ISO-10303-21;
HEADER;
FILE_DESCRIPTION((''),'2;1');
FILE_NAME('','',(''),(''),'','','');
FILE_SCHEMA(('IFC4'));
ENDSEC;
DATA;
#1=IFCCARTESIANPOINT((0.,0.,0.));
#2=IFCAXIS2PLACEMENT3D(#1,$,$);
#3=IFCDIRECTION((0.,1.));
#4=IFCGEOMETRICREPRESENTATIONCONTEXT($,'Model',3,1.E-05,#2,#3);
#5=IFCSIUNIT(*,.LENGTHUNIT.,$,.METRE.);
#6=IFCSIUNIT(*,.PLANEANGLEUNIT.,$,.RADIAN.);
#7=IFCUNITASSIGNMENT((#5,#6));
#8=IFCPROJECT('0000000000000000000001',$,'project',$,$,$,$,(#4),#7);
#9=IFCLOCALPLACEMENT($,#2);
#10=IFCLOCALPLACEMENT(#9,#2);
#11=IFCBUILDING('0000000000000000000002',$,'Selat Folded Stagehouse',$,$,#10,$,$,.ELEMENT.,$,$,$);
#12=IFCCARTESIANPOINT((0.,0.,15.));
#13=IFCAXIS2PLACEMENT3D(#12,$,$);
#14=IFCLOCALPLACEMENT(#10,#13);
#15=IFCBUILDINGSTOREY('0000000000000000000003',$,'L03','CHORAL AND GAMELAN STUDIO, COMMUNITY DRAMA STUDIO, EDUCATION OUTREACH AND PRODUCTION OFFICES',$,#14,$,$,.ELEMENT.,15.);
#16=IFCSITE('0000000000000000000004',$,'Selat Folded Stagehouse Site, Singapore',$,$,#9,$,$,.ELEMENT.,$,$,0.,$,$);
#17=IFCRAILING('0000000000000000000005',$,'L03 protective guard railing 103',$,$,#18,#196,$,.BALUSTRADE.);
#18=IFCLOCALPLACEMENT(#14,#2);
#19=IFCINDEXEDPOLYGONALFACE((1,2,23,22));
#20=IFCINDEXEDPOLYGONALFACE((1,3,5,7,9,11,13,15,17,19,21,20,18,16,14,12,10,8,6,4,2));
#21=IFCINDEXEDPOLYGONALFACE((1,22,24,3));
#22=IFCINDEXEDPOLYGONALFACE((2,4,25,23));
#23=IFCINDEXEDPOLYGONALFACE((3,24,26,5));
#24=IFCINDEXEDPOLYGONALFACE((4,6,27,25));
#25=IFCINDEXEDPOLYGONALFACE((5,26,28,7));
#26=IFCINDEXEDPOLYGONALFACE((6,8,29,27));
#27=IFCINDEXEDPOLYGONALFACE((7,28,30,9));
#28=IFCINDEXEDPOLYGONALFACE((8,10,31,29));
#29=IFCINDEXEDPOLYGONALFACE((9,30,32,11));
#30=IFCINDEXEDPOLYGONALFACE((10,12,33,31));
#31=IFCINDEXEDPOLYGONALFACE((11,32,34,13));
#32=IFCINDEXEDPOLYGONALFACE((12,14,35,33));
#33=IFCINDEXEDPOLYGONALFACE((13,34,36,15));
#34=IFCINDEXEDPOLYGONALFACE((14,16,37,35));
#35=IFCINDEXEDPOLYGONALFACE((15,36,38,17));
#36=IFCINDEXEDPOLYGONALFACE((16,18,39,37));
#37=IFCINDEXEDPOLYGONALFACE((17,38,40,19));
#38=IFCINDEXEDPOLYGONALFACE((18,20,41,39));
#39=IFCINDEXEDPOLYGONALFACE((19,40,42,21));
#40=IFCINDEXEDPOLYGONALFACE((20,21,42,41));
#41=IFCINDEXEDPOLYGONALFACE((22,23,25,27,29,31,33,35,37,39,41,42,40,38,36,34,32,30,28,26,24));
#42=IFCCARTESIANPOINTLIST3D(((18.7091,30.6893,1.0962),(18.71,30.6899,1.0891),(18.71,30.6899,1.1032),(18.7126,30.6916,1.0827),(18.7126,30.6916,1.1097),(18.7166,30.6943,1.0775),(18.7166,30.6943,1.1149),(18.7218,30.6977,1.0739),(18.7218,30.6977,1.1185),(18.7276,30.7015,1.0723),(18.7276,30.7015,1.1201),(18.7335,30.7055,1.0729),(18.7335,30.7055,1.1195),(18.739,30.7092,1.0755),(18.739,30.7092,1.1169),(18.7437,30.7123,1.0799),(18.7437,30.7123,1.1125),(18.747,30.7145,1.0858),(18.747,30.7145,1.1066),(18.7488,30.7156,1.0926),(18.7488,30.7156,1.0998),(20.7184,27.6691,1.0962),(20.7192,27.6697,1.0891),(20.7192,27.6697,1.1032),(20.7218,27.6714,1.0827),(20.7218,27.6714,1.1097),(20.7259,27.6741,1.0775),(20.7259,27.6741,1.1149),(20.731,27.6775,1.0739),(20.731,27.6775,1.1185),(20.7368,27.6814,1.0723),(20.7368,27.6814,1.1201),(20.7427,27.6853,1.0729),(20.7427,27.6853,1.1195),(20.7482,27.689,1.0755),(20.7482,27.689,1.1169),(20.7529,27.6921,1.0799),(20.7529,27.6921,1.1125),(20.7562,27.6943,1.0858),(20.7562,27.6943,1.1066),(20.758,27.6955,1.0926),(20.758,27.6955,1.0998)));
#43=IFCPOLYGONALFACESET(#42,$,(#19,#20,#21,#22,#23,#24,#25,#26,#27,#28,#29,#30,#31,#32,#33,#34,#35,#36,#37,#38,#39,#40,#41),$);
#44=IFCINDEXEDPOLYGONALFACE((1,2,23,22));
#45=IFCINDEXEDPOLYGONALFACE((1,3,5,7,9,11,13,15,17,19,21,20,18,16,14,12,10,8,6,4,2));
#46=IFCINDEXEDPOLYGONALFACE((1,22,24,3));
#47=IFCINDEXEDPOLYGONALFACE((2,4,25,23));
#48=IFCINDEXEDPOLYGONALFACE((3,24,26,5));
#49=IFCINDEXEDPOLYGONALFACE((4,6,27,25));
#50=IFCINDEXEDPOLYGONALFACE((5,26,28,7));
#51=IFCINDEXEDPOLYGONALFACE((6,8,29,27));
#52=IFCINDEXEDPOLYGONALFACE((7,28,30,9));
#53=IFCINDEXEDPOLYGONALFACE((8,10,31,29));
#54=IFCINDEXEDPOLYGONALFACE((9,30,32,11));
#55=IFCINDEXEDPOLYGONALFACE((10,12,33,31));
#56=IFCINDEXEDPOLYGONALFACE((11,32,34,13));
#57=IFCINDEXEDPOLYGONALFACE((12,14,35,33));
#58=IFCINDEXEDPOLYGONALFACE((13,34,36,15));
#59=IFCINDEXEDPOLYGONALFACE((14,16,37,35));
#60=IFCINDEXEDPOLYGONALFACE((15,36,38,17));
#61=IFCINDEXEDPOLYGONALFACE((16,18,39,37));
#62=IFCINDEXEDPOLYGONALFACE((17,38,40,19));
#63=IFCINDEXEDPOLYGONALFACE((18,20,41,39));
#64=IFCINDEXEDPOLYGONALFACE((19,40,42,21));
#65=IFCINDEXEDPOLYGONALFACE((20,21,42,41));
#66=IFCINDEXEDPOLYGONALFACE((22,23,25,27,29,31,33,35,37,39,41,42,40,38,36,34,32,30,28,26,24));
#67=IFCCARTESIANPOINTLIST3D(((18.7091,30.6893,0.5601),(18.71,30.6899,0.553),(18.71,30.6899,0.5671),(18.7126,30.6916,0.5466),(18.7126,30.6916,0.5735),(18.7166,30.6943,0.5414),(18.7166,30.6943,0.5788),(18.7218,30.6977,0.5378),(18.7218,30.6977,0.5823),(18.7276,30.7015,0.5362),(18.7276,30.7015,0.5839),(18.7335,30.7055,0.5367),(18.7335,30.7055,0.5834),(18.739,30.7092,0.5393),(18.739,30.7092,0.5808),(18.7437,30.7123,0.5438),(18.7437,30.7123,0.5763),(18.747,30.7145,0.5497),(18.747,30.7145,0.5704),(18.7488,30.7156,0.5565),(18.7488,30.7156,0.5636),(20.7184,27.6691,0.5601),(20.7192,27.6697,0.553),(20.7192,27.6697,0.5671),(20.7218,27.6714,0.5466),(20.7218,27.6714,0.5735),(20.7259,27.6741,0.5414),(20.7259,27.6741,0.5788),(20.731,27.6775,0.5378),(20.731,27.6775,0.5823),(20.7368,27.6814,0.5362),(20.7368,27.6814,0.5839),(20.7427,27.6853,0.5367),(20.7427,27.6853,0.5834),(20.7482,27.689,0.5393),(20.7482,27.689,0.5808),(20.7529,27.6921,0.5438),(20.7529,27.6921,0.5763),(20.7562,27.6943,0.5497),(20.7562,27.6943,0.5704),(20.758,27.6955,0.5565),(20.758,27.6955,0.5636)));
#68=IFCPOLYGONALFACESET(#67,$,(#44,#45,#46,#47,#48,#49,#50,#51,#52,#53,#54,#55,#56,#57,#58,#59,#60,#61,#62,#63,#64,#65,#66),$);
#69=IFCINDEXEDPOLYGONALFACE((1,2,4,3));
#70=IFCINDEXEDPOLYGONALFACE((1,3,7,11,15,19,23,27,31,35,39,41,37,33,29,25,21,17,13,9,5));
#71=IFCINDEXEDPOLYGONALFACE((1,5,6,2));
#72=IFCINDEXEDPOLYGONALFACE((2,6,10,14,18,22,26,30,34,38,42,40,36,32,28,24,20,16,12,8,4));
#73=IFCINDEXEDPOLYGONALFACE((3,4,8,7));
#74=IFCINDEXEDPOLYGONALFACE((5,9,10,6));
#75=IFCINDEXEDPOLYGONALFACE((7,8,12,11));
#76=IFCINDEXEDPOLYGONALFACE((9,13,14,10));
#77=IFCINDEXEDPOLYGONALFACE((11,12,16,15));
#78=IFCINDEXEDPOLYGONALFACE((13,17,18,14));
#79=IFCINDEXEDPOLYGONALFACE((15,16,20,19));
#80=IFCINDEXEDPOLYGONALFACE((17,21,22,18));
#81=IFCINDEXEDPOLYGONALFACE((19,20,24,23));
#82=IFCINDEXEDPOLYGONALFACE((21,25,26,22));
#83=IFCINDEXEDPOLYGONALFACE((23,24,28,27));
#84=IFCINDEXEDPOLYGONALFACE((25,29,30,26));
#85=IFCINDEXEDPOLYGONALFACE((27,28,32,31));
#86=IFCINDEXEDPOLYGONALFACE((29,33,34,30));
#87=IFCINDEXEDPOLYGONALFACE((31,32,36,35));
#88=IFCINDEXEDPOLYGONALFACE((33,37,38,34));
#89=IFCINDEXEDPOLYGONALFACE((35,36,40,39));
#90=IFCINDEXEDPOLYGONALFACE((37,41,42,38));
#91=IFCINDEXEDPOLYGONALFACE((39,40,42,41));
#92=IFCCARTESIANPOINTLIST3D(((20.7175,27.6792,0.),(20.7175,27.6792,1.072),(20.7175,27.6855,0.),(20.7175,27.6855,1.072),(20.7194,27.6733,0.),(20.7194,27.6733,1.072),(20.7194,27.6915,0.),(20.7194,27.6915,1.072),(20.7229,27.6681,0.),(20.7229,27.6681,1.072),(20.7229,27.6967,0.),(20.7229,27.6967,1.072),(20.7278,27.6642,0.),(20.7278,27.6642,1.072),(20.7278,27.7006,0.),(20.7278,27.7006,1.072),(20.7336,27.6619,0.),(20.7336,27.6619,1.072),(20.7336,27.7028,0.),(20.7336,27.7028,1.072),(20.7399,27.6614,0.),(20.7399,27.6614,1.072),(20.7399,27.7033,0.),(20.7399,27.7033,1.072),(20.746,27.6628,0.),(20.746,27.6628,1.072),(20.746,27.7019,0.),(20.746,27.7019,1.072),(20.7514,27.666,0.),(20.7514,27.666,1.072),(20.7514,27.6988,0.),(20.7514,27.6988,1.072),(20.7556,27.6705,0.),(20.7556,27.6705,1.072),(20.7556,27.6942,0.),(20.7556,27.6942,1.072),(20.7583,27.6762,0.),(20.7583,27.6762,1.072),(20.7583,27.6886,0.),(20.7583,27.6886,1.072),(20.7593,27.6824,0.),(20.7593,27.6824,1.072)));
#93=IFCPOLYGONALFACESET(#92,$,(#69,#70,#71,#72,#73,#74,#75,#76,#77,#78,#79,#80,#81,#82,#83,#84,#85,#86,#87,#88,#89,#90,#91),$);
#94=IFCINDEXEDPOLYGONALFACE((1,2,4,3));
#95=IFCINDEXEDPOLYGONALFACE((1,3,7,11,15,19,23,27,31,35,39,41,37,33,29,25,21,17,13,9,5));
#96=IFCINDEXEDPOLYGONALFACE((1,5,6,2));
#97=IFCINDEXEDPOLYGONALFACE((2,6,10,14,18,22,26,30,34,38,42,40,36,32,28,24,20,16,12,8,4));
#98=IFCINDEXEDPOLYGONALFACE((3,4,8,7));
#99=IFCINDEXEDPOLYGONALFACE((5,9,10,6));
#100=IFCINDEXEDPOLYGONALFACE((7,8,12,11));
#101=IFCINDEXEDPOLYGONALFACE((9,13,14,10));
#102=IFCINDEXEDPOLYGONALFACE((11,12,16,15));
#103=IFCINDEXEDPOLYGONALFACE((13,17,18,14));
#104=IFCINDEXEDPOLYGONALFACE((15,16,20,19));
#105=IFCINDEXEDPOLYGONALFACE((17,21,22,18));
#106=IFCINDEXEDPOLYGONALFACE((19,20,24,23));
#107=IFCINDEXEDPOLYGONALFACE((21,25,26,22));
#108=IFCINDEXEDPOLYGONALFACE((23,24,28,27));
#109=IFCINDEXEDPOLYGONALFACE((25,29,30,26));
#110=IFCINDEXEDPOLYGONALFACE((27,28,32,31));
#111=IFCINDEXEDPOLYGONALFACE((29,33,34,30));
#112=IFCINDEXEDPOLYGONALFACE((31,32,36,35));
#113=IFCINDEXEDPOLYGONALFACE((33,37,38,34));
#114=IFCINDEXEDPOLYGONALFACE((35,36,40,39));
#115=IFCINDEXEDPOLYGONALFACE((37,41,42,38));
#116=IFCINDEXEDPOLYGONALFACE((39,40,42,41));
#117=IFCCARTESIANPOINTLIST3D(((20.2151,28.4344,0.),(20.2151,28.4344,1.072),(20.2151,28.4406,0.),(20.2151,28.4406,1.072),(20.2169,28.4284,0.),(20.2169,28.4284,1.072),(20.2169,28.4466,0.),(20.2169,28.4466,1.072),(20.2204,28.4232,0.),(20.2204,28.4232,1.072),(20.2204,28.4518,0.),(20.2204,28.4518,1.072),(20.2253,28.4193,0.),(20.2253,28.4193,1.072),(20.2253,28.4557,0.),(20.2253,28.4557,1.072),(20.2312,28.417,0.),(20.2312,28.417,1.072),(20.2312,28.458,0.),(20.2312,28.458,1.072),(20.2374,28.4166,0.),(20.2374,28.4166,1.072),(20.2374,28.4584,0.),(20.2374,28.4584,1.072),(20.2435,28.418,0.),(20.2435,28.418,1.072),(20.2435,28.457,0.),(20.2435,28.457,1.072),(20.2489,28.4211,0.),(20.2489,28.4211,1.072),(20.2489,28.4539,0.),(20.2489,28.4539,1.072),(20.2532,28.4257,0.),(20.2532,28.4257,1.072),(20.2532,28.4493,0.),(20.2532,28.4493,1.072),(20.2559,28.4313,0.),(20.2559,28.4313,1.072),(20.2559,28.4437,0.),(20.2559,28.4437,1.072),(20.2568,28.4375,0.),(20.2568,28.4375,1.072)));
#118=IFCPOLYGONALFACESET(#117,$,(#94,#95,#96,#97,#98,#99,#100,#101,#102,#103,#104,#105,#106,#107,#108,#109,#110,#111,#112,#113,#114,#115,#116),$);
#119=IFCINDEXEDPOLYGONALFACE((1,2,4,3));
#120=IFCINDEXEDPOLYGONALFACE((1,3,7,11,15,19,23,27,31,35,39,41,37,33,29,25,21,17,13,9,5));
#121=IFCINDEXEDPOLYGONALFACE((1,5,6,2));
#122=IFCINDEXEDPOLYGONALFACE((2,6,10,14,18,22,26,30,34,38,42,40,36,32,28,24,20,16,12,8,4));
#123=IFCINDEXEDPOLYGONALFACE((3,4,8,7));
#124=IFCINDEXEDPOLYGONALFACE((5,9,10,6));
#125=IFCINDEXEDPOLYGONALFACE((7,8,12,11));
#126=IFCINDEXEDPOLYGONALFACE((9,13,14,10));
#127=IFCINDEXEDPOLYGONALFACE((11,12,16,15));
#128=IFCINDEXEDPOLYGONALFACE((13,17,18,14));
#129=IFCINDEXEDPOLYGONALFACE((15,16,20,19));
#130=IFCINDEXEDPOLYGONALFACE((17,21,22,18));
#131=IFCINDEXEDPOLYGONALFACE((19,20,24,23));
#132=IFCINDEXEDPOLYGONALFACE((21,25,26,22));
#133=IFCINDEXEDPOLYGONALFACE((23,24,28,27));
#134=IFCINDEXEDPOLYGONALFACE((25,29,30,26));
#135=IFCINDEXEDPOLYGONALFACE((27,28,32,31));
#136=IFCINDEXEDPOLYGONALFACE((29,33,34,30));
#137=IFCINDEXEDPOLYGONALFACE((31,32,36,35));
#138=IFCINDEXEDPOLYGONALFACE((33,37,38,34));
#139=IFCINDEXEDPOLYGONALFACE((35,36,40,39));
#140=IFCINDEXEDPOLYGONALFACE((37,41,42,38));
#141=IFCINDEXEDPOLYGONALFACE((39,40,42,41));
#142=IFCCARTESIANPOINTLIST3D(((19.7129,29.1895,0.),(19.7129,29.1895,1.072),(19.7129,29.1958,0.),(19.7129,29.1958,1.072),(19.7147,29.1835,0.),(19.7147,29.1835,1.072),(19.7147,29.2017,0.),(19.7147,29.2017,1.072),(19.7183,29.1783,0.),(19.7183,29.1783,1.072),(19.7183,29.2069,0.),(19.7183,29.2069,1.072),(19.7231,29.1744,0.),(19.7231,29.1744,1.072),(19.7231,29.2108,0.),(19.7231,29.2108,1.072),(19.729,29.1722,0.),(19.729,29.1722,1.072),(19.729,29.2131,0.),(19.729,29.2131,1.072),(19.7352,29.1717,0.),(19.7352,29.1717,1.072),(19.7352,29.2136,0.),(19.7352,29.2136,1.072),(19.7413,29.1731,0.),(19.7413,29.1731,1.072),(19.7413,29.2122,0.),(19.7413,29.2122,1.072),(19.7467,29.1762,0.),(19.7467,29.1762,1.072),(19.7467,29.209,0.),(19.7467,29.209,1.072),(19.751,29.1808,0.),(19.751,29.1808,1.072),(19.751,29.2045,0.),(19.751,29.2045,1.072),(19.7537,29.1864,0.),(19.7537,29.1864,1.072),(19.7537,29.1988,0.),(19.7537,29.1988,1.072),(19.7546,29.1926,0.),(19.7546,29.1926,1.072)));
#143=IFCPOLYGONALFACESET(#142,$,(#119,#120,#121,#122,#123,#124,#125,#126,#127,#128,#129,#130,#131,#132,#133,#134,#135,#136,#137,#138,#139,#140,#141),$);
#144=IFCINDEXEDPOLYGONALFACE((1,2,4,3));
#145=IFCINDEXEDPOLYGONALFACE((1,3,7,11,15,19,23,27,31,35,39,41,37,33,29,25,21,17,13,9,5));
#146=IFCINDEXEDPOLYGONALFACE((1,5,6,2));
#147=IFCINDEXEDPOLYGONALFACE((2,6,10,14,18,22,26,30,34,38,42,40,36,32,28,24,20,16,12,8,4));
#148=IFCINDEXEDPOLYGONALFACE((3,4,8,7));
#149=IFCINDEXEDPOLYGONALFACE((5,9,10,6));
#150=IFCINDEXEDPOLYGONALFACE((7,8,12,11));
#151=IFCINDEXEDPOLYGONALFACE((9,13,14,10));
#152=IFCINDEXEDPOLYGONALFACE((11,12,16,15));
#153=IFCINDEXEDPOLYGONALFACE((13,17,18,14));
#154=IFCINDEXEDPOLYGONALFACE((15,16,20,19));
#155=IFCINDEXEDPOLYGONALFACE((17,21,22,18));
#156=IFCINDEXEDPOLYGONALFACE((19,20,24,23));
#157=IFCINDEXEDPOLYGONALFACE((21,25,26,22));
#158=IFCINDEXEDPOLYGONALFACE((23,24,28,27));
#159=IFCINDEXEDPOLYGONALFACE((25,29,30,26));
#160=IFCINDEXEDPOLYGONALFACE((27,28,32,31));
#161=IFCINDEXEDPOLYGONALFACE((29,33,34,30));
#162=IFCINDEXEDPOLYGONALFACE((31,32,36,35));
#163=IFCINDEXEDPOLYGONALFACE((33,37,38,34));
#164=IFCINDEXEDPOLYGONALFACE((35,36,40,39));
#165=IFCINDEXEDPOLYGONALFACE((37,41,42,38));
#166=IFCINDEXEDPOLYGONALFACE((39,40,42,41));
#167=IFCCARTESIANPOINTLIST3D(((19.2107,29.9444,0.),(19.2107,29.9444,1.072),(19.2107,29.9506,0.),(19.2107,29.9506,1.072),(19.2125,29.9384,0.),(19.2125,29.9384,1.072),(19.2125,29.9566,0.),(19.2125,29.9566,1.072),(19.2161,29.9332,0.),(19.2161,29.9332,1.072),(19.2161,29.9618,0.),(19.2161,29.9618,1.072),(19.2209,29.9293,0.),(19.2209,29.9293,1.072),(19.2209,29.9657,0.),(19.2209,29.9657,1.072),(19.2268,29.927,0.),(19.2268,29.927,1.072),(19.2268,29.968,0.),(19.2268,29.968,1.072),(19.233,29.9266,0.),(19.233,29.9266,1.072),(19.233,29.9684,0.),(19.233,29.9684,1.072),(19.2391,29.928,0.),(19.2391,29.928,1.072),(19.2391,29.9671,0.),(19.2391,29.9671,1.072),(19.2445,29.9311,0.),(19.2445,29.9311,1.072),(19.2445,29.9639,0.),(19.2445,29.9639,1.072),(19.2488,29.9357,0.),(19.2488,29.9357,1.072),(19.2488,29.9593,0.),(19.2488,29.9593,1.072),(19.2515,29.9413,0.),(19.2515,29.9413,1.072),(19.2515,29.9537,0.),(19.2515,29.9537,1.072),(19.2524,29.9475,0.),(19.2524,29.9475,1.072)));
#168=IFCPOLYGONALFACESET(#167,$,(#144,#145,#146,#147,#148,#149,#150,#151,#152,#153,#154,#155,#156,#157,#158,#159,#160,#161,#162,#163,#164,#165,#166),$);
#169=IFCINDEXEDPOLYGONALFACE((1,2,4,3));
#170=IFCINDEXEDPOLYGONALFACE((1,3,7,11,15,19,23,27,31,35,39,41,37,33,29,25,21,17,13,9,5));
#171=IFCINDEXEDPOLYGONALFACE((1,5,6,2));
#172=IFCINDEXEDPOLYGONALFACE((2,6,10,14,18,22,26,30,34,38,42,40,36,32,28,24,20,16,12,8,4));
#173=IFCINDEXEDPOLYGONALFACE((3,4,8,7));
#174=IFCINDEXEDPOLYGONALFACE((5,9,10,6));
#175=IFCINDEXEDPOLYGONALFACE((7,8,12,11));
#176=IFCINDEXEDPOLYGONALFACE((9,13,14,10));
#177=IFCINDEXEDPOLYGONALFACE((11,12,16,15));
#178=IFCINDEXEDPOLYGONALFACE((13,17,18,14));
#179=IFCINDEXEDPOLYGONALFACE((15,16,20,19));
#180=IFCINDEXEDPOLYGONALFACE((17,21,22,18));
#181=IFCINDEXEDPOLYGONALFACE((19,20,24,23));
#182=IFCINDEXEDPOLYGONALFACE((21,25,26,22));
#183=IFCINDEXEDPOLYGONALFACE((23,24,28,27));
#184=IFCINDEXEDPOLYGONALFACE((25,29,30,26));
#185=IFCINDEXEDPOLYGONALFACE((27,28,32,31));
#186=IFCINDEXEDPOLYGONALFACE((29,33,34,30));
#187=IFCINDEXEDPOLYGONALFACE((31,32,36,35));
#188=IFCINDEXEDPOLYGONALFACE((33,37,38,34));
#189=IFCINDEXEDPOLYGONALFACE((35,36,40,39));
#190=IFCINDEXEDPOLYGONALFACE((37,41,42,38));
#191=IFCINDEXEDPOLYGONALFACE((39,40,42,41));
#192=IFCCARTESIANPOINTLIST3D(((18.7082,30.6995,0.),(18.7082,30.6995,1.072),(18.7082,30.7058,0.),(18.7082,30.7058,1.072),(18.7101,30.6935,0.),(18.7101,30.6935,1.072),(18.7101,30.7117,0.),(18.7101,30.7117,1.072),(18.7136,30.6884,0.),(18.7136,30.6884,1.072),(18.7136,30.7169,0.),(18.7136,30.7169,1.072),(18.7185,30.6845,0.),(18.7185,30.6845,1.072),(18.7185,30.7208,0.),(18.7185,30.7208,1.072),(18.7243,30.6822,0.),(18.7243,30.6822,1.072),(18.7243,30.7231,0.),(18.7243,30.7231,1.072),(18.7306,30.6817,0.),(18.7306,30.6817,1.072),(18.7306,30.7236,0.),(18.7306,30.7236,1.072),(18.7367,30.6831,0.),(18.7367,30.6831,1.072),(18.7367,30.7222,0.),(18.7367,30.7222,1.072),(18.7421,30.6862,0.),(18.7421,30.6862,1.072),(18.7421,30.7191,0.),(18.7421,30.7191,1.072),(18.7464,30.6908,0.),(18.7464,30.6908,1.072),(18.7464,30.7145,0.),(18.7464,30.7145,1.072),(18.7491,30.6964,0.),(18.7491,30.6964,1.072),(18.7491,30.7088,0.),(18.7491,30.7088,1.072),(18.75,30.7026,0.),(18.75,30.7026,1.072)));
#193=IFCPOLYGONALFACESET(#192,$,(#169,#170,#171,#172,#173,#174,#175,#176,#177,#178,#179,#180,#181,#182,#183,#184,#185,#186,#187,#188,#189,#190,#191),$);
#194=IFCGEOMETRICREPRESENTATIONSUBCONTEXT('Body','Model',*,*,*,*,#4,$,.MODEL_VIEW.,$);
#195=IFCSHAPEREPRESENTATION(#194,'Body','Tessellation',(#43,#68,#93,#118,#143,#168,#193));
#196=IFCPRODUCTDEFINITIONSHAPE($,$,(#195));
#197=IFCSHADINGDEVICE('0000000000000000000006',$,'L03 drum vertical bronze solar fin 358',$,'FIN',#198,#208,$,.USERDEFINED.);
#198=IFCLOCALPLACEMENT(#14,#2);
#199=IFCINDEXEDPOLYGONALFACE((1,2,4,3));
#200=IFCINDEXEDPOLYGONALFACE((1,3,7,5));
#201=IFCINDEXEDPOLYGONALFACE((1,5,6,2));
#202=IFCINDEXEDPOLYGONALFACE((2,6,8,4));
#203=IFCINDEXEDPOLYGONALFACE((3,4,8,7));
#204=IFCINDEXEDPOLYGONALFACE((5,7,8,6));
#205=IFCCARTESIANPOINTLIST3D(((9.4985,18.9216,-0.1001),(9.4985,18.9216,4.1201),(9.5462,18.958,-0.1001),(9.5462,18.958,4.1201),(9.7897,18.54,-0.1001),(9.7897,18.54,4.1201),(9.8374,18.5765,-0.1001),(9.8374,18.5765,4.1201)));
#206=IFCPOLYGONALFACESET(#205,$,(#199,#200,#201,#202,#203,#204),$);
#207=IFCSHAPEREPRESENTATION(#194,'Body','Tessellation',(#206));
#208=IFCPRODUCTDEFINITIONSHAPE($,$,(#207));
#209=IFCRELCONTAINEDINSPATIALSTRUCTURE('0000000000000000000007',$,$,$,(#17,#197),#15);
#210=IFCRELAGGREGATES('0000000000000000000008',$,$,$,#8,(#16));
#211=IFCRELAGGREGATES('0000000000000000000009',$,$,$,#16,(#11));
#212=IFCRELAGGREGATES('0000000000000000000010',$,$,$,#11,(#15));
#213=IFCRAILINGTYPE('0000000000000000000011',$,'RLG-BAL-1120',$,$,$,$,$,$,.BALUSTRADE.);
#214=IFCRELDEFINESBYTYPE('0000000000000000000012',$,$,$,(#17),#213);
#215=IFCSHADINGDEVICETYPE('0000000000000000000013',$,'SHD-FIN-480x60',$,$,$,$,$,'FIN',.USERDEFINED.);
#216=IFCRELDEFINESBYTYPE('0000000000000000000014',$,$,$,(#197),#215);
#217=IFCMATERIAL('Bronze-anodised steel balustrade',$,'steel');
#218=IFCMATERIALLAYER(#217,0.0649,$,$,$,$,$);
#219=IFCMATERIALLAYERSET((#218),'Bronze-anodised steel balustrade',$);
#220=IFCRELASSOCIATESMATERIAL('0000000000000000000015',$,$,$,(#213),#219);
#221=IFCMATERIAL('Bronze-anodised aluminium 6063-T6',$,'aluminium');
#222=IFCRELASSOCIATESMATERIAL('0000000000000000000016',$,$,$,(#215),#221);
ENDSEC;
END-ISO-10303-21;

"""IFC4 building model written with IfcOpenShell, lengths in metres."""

from ifc_helpers import new_model, si_unit, direction, frame, origin, origin_2d, place, context, subcontext, project, spatial, rectangle, circle, extrude, material, layer, layer_set, material_profile, profile_set, type_object, element, save


model = new_model("IFC4")

# Units and contexts
model_context = context("Model", 3, precision=1e-05, world=origin(), true_north=direction((0.0, 1.0)))
body_context = subcontext(model_context, "Body", "Model", "MODEL_VIEW")
ifc_project = project(units=[si_unit("LENGTHUNIT", "METRE"), si_unit("PLANEANGLEUNIT", "RADIAN")], contexts=[model_context])

# Site, building, storey
site_placement = place(None, origin())
site = spatial("IfcSite", under=ifc_project, at=site_placement, Name="Selat Folded Stagehouse Site, Singapore", CompositionType="ELEMENT", RefElevation=0.0)
building_placement = place(site_placement, origin())
building = spatial("IfcBuilding", under=site, at=building_placement, Name="Selat Folded Stagehouse", CompositionType="ELEMENT")
storey_placement = place(building_placement, frame((0.0, 0.0, 15.0)))
storey = spatial("IfcBuildingStorey", under=building, at=storey_placement, Name="L03", Description="CHORAL AND GAMELAN STUDIO, COMMUNITY DRAMA STUDIO, EDUCATION OUTREACH AND PRODUCTION OFFICES", CompositionType="ELEMENT", Elevation=15.0)

# Railing
ifc_material_1 = material(Name="Bronze-anodised steel balustrade", Category="steel")
ifc_layer_1 = layer(ifc_material_1, 0.0649)
ifc_layer_set_1 = layer_set([ifc_layer_1], Name="Bronze-anodised steel balustrade")
railing_type = type_object("IfcRailingType", Name="RLG-BAL-1120", PredefinedType="BALUSTRADE", material=ifc_layer_set_1)
railing_1_placement = place(storey_placement, frame((20.7383, 27.6824, 0.0)))
element("IfcRailing", 1, at=railing_1_placement, inside=storey, type_object=railing_type, Name="L03 protective guard railing 103", PredefinedType="BALUSTRADE", context=body_context, shape_type="SweptSolid", body=[
    extrude(circle(Radius=0.0239, at=origin_2d()), frame((0.0, 0.0, 1.0962), z_axis=(-0.553892, 0.832588, 0.0), x_axis=(-0.832588, -0.553892, 0.0)), (0.0, 0.0, 1.0), 3.6274),
    extrude(circle(Radius=0.0239, at=origin_2d()), frame((0.0, 0.0, 0.5601), z_axis=(-0.553892, 0.832588, 0.0), x_axis=(-0.832588, -0.553892, 0.0)), (0.0, 0.0, 1.0), 3.6274),
    extrude(circle(Radius=0.021, at=origin_2d()), origin(), (0.0, 0.0, 1.0), 1.072),
    extrude(circle(Radius=0.021, at=origin_2d()), frame((-0.5024, 0.7551, 0.0)), (0.0, 0.0, 1.0), 1.072),
    extrude(circle(Radius=0.021, at=origin_2d()), frame((-1.0046, 1.5103, 0.0)), (0.0, 0.0, 1.0), 1.072),
    extrude(circle(Radius=0.021, at=origin_2d()), frame((-1.5068, 2.2651, 0.0)), (0.0, 0.0, 1.0), 1.072),
    extrude(circle(Radius=0.021, at=origin_2d()), frame((-2.0093, 3.0203, 0.0)), (0.0, 0.0, 1.0), 1.072),
])

# Shading device
ifc_material_2 = material(Name="Bronze-anodised aluminium 6063-T6", Category="aluminium")
ifc_material_profile_1 = material_profile(ifc_material_2, rectangle(XDim=0.0601, YDim=0.48, at=origin_2d()), Name="SOLAR-FIN 480x60")
ifc_profile_set_1 = profile_set([ifc_material_profile_1], Name="Bronze-anodised aluminium 6063-T6")
shading_device_type = type_object("IfcShadingDeviceType", Name="SHD-FIN-480x60", ElementType="FIN", PredefinedType="USERDEFINED", material=ifc_profile_set_1)
for number, where, z_axis, x_axis, name in (
    (2, (9.668, 18.749, -0.1001), (0.0, 0.0, 1.0), (-0.794944, -0.606682, 0.0), "L03 drum vertical bronze solar fin 358"),
):
    element("IfcShadingDevice", number, at=place(storey_placement, frame(where, z_axis=z_axis, x_axis=x_axis)), inside=storey, type_object=shading_device_type, Name=name, ObjectType="FIN", PredefinedType="USERDEFINED", context=body_context, shape_type="SweptSolid", body=[
        extrude(rectangle(XDim=0.0601, YDim=0.48, at=origin_2d()), origin(), (0.0, 0.0, 1.0), 4.2202),
    ])

save(model, "model.ifc")
